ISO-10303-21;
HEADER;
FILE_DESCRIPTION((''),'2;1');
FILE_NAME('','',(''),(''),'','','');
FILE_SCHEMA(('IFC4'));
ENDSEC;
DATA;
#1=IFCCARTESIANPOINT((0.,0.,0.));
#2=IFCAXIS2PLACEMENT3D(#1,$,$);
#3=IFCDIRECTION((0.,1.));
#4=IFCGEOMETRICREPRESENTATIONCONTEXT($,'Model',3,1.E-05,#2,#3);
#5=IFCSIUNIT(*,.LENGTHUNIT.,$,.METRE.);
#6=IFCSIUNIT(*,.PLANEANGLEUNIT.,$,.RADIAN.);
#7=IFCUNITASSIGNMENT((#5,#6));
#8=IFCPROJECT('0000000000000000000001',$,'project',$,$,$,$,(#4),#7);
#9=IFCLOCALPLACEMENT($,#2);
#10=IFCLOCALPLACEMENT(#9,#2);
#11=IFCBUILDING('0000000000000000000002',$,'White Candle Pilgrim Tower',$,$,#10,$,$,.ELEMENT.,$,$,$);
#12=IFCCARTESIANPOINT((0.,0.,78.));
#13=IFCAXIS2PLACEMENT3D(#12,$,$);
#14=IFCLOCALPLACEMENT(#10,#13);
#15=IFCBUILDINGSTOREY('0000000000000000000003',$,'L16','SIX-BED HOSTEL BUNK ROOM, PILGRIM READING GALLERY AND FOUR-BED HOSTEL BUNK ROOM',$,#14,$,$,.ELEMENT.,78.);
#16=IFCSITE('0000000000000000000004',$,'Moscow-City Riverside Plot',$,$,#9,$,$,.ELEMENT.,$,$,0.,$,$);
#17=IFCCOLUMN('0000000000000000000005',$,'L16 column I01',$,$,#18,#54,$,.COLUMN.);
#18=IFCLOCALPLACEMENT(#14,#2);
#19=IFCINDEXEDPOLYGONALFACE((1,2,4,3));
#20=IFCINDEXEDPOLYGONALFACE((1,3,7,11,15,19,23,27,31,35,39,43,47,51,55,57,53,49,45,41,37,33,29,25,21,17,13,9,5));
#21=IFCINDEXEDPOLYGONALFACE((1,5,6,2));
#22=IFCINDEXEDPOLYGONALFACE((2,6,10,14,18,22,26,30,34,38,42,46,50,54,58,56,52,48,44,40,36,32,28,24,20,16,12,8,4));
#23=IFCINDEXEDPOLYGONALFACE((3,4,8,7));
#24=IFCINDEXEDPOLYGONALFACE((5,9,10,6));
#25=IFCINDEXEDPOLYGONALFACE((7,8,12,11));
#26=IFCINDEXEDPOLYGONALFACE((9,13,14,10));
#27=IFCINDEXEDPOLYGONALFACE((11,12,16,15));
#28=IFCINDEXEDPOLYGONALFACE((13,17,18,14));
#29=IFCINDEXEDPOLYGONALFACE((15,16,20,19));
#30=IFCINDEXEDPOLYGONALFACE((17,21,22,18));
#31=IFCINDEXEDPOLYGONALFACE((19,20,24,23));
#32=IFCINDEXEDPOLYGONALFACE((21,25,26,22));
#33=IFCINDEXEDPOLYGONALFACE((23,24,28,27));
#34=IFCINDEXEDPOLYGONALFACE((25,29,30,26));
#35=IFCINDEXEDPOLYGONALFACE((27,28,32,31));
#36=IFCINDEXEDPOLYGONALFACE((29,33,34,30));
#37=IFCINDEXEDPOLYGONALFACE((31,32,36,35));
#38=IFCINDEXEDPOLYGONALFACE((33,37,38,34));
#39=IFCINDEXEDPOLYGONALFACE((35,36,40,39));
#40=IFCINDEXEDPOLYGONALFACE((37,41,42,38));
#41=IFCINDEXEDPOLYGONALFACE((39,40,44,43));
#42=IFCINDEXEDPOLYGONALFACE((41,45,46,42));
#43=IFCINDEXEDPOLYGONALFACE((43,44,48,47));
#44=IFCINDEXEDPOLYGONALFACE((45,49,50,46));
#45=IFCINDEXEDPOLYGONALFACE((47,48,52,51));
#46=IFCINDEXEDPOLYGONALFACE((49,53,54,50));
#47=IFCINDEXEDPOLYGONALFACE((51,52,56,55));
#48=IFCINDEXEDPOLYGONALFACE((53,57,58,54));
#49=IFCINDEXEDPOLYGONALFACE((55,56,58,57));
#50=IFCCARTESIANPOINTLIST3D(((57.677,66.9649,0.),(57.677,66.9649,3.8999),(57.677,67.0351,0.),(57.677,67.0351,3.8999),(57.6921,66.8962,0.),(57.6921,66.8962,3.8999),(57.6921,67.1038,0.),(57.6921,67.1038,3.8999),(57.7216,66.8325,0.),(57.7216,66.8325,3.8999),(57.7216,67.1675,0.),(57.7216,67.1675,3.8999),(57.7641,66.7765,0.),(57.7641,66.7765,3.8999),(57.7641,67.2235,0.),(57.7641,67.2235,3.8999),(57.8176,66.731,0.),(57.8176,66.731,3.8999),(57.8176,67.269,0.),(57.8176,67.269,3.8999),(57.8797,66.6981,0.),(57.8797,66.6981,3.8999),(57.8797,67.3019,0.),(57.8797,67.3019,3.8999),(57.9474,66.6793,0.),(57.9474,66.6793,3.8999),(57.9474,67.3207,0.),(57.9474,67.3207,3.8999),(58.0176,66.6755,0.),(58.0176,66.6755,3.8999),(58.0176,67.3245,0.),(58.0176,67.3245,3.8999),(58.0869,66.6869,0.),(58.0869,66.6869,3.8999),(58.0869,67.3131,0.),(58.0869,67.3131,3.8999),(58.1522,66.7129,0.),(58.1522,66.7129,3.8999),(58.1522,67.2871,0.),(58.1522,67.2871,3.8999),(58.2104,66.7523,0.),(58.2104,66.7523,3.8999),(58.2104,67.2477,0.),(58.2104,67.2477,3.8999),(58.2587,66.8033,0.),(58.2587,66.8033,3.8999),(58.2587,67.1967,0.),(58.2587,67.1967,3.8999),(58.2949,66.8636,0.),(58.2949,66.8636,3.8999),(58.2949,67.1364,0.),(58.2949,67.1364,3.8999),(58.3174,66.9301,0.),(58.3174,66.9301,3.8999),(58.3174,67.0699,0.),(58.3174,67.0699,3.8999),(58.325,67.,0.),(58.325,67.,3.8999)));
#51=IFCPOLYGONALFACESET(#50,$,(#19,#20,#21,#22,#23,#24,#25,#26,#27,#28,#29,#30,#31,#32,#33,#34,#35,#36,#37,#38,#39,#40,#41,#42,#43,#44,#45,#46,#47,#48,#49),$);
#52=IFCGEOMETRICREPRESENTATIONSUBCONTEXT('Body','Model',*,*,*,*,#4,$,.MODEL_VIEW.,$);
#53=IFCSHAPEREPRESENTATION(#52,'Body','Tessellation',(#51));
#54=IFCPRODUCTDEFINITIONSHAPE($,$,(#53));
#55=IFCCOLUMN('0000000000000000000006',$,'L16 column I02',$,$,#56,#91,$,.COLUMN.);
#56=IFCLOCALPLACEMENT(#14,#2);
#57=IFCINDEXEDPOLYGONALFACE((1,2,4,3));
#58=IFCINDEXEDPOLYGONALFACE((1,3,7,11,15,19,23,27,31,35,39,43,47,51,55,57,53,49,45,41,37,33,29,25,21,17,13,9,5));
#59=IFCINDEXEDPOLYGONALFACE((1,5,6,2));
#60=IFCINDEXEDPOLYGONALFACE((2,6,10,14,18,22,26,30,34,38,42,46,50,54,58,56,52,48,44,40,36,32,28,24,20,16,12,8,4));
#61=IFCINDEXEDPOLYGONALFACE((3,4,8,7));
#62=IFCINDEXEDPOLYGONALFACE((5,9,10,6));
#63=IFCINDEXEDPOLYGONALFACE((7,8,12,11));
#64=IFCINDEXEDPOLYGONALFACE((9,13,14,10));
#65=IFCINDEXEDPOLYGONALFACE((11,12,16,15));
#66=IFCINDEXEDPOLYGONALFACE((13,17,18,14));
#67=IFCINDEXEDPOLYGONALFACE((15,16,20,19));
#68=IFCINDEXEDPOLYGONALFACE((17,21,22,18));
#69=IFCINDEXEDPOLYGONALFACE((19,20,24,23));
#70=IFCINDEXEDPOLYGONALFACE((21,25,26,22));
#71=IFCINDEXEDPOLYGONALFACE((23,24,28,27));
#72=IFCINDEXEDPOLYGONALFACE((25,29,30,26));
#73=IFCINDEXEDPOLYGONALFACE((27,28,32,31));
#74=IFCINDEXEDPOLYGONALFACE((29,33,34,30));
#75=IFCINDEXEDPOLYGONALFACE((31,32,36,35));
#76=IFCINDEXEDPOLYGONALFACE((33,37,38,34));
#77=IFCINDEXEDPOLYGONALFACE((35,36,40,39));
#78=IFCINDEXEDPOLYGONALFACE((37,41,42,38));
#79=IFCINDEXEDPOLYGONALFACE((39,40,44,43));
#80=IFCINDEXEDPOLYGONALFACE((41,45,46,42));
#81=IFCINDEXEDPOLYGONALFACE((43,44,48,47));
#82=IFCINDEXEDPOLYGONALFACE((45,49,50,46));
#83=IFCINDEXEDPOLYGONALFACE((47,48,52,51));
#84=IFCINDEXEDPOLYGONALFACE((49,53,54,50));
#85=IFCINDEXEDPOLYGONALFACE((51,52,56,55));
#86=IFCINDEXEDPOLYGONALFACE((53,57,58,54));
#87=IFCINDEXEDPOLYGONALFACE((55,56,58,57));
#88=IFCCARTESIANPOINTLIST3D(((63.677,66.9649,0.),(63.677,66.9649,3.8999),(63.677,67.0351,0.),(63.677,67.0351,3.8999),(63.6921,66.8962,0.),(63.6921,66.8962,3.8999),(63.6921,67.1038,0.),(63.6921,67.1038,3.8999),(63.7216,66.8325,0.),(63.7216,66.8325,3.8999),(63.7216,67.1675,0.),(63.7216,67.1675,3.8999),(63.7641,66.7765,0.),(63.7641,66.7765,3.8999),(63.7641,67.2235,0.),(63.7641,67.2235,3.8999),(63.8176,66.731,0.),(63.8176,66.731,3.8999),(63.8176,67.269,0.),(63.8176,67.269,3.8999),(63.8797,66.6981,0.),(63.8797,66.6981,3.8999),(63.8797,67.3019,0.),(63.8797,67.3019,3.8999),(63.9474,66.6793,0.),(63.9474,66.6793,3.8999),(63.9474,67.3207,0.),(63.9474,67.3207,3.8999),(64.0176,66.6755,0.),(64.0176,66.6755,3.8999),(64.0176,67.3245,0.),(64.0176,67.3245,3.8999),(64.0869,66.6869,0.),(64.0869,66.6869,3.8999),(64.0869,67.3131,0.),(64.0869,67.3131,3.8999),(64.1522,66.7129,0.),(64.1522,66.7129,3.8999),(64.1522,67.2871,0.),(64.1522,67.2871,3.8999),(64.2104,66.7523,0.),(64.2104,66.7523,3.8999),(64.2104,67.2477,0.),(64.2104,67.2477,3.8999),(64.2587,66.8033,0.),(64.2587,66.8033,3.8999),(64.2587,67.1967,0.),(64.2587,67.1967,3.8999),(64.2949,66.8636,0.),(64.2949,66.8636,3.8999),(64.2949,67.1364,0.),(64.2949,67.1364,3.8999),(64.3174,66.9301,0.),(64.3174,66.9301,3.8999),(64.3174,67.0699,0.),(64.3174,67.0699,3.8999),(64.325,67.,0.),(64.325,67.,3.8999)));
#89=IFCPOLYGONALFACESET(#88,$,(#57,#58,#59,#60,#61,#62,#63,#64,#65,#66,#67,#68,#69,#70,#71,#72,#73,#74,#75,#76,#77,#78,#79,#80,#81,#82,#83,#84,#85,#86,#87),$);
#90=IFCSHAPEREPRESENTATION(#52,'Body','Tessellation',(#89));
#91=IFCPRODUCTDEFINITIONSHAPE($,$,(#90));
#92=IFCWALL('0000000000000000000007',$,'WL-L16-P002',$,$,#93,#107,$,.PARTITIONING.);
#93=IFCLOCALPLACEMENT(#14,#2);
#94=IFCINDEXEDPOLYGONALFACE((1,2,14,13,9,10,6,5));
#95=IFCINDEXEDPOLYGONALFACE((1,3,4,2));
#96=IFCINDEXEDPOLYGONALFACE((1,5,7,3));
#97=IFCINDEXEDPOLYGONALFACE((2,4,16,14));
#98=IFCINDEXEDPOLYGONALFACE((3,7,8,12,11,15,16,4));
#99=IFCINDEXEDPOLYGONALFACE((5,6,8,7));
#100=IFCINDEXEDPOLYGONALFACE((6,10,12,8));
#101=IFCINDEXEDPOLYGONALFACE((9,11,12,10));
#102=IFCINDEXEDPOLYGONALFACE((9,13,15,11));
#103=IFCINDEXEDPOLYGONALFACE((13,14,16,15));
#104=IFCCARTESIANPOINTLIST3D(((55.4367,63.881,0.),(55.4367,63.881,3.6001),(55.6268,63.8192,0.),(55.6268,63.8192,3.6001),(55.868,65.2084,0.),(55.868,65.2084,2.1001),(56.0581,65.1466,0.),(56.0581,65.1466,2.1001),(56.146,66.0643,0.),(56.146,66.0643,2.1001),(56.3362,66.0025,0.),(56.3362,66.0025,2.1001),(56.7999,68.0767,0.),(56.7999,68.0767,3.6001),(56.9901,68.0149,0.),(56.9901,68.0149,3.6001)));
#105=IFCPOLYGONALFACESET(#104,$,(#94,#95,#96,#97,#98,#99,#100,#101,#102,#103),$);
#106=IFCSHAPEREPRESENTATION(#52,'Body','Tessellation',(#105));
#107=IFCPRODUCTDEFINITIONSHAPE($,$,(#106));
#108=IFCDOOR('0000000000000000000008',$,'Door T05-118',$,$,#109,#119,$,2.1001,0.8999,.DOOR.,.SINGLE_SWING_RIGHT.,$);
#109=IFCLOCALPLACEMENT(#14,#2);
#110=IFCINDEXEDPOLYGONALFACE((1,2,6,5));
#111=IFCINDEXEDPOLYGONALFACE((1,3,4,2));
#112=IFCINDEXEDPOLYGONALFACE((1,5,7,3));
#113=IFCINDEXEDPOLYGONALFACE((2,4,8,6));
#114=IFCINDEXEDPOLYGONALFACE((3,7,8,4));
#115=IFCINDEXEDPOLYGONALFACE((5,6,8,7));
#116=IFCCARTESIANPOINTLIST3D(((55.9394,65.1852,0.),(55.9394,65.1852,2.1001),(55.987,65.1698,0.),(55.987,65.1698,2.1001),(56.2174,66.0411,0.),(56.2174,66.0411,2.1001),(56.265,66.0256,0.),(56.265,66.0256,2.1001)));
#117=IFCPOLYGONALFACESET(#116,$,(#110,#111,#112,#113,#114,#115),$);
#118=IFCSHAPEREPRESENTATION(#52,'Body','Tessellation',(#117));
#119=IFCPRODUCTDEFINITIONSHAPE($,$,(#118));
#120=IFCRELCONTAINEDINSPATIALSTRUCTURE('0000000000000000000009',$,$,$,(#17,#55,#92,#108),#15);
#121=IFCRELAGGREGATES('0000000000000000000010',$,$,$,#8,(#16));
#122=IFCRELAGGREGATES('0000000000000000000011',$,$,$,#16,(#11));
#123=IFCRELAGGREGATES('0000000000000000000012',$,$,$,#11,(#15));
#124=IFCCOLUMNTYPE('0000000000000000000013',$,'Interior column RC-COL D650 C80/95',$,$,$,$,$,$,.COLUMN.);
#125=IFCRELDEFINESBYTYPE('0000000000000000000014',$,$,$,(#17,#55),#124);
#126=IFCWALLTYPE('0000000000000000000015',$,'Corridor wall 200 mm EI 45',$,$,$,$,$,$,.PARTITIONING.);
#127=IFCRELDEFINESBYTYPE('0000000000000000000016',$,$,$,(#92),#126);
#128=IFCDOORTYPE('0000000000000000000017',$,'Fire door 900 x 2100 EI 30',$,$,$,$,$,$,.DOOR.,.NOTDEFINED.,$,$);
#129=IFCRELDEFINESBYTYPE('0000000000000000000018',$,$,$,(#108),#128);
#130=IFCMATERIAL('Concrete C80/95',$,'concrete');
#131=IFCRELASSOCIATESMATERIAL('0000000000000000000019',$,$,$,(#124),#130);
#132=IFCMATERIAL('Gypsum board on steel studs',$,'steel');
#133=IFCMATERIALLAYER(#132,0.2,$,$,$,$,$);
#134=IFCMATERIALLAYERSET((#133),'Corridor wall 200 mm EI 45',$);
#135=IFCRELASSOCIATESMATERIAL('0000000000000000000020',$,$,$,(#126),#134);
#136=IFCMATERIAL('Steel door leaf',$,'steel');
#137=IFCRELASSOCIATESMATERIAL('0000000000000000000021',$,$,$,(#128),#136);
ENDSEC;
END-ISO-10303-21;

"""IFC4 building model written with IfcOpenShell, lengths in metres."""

from ifc_helpers import new_model, si_unit, direction, frame, frame_2d, origin, origin_2d, place, context, subcontext, project, spatial, rectangle, circle, extrude, material, layer, layer_set, material_profile, profile_set, type_object, element, fill, save


model = new_model("IFC4")

# Units and contexts
model_context = context("Model", 3, precision=1e-05, world=origin(), true_north=direction((0.0, 1.0)))
body_context = subcontext(model_context, "Body", "Model", "MODEL_VIEW")
ifc_project = project(units=[si_unit("LENGTHUNIT", "METRE"), si_unit("PLANEANGLEUNIT", "RADIAN")], contexts=[model_context])

# Site, building, storey
site_placement = place(None, origin())
site = spatial("IfcSite", under=ifc_project, at=site_placement, Name="Moscow-City Riverside Plot", CompositionType="ELEMENT", RefElevation=0.0)
building_placement = place(site_placement, origin())
building = spatial("IfcBuilding", under=site, at=building_placement, Name="White Candle Pilgrim Tower", CompositionType="ELEMENT")
storey_placement = place(building_placement, frame((0.0, 0.0, 78.0)))
storey = spatial("IfcBuildingStorey", under=building, at=storey_placement, Name="L16", Description="SIX-BED HOSTEL BUNK ROOM, PILGRIM READING GALLERY AND FOUR-BED HOSTEL BUNK ROOM", CompositionType="ELEMENT", Elevation=78.0)

# Columns
ifc_material_1 = material(Name="Concrete C80/95", Category="concrete")
ifc_material_profile = material_profile(ifc_material_1, circle(Radius=0.325, at=origin_2d()), Name="RC-COL D650")
ifc_profile_set = profile_set([ifc_material_profile], Name="Concrete C80/95")
column_type = type_object("IfcColumnType", Name="Interior column RC-COL D650 C80/95", PredefinedType="COLUMN", material=ifc_profile_set)
for number, where, z_axis, x_axis, name in (
    (1, (58.0, 67.0, 0.0), (0.0, 0.0, 1.0), (1.0, 0.0, 0.0), "L16 column I01"),
    (2, (64.0, 67.0, 0.0), (0.0, 0.0, 1.0), (1.0, 0.0, 0.0), "L16 column I02"),
):
    element("IfcColumn", number, at=place(storey_placement, frame(where, z_axis=z_axis, x_axis=x_axis)), inside=storey, type_object=column_type, Name=name, PredefinedType="COLUMN", context=body_context, shape_type="SweptSolid", body=[
        extrude(circle(Radius=0.325, at=origin_2d()), origin(), (0.0, 0.0, 1.0), 3.8999),
    ])

# Wall, opening, door
ifc_material_2 = material(Name="Gypsum board on steel studs", Category="steel")
ifc_layer_1 = layer(ifc_material_2, 0.2)
ifc_layer_set_1 = layer_set([ifc_layer_1], Name="Corridor wall 200 mm EI 45")
wall_type_1 = type_object("IfcWallType", Name="Corridor wall 200 mm EI 45", PredefinedType="PARTITIONING", material=ifc_layer_set_1)
wall_1_placement = place(storey_placement, frame((55.5317, 63.8501, 0.0), z_axis=(0.0, 0.0, 1.0), x_axis=(0.309013, 0.951058, 0.0)))
wall_1 = element("IfcWall", 3, at=wall_1_placement, inside=storey, type_object=wall_type_1, Name="WL-L16-P002", PredefinedType="PARTITIONING", context=body_context, shape_type="SweptSolid", body=[
    extrude(rectangle(XDim=4.4116, YDim=0.2, at=frame_2d((2.2058, 0.0))), origin(), (0.0, 0.0, 1.0), 3.6001),
])
opening_1_placement = place(wall_1_placement, frame((1.3958, 0.0, 0.0)))
opening_1 = element("IfcOpeningElement", 4, at=opening_1_placement, cuts=wall_1, PredefinedType="OPENING", context=body_context, shape_type="SweptSolid", body=[
    extrude(rectangle(XDim=0.8999, YDim=2.1001, at=frame_2d((0.45, 1.05))), frame((0.0, 0.1099, 0.0), z_axis=(0.0, -1.0, 0.0), x_axis=(1.0, 0.0, 0.0)), (0.0, 0.0, 1.0), 0.22),
])
ifc_material_3 = material(Name="Steel door leaf", Category="steel")
door_type_1 = type_object("IfcDoorType", Name="Fire door 900 x 2100 EI 30", OperationType="NOTDEFINED", PredefinedType="DOOR", material=ifc_material_3)
door_1_placement = place(opening_1_placement, origin())
door_1 = element("IfcDoor", 5, at=door_1_placement, inside=storey, type_object=door_type_1, Name="Door T05-118", OperationType="SINGLE_SWING_RIGHT", OverallHeight=2.1001, OverallWidth=0.8999, PredefinedType="DOOR", context=body_context, shape_type="SweptSolid", body=[
    extrude(rectangle(XDim=0.8999, YDim=2.1001, at=frame_2d((0.45, 1.05))), frame((0.0, 0.0249, 0.0), z_axis=(0.0, -1.0, 0.0), x_axis=(1.0, 0.0, 0.0)), (0.0, 0.0, 1.0), 0.05),
])
fill(opening_1, door_1)

save(model, "model.ifc")
